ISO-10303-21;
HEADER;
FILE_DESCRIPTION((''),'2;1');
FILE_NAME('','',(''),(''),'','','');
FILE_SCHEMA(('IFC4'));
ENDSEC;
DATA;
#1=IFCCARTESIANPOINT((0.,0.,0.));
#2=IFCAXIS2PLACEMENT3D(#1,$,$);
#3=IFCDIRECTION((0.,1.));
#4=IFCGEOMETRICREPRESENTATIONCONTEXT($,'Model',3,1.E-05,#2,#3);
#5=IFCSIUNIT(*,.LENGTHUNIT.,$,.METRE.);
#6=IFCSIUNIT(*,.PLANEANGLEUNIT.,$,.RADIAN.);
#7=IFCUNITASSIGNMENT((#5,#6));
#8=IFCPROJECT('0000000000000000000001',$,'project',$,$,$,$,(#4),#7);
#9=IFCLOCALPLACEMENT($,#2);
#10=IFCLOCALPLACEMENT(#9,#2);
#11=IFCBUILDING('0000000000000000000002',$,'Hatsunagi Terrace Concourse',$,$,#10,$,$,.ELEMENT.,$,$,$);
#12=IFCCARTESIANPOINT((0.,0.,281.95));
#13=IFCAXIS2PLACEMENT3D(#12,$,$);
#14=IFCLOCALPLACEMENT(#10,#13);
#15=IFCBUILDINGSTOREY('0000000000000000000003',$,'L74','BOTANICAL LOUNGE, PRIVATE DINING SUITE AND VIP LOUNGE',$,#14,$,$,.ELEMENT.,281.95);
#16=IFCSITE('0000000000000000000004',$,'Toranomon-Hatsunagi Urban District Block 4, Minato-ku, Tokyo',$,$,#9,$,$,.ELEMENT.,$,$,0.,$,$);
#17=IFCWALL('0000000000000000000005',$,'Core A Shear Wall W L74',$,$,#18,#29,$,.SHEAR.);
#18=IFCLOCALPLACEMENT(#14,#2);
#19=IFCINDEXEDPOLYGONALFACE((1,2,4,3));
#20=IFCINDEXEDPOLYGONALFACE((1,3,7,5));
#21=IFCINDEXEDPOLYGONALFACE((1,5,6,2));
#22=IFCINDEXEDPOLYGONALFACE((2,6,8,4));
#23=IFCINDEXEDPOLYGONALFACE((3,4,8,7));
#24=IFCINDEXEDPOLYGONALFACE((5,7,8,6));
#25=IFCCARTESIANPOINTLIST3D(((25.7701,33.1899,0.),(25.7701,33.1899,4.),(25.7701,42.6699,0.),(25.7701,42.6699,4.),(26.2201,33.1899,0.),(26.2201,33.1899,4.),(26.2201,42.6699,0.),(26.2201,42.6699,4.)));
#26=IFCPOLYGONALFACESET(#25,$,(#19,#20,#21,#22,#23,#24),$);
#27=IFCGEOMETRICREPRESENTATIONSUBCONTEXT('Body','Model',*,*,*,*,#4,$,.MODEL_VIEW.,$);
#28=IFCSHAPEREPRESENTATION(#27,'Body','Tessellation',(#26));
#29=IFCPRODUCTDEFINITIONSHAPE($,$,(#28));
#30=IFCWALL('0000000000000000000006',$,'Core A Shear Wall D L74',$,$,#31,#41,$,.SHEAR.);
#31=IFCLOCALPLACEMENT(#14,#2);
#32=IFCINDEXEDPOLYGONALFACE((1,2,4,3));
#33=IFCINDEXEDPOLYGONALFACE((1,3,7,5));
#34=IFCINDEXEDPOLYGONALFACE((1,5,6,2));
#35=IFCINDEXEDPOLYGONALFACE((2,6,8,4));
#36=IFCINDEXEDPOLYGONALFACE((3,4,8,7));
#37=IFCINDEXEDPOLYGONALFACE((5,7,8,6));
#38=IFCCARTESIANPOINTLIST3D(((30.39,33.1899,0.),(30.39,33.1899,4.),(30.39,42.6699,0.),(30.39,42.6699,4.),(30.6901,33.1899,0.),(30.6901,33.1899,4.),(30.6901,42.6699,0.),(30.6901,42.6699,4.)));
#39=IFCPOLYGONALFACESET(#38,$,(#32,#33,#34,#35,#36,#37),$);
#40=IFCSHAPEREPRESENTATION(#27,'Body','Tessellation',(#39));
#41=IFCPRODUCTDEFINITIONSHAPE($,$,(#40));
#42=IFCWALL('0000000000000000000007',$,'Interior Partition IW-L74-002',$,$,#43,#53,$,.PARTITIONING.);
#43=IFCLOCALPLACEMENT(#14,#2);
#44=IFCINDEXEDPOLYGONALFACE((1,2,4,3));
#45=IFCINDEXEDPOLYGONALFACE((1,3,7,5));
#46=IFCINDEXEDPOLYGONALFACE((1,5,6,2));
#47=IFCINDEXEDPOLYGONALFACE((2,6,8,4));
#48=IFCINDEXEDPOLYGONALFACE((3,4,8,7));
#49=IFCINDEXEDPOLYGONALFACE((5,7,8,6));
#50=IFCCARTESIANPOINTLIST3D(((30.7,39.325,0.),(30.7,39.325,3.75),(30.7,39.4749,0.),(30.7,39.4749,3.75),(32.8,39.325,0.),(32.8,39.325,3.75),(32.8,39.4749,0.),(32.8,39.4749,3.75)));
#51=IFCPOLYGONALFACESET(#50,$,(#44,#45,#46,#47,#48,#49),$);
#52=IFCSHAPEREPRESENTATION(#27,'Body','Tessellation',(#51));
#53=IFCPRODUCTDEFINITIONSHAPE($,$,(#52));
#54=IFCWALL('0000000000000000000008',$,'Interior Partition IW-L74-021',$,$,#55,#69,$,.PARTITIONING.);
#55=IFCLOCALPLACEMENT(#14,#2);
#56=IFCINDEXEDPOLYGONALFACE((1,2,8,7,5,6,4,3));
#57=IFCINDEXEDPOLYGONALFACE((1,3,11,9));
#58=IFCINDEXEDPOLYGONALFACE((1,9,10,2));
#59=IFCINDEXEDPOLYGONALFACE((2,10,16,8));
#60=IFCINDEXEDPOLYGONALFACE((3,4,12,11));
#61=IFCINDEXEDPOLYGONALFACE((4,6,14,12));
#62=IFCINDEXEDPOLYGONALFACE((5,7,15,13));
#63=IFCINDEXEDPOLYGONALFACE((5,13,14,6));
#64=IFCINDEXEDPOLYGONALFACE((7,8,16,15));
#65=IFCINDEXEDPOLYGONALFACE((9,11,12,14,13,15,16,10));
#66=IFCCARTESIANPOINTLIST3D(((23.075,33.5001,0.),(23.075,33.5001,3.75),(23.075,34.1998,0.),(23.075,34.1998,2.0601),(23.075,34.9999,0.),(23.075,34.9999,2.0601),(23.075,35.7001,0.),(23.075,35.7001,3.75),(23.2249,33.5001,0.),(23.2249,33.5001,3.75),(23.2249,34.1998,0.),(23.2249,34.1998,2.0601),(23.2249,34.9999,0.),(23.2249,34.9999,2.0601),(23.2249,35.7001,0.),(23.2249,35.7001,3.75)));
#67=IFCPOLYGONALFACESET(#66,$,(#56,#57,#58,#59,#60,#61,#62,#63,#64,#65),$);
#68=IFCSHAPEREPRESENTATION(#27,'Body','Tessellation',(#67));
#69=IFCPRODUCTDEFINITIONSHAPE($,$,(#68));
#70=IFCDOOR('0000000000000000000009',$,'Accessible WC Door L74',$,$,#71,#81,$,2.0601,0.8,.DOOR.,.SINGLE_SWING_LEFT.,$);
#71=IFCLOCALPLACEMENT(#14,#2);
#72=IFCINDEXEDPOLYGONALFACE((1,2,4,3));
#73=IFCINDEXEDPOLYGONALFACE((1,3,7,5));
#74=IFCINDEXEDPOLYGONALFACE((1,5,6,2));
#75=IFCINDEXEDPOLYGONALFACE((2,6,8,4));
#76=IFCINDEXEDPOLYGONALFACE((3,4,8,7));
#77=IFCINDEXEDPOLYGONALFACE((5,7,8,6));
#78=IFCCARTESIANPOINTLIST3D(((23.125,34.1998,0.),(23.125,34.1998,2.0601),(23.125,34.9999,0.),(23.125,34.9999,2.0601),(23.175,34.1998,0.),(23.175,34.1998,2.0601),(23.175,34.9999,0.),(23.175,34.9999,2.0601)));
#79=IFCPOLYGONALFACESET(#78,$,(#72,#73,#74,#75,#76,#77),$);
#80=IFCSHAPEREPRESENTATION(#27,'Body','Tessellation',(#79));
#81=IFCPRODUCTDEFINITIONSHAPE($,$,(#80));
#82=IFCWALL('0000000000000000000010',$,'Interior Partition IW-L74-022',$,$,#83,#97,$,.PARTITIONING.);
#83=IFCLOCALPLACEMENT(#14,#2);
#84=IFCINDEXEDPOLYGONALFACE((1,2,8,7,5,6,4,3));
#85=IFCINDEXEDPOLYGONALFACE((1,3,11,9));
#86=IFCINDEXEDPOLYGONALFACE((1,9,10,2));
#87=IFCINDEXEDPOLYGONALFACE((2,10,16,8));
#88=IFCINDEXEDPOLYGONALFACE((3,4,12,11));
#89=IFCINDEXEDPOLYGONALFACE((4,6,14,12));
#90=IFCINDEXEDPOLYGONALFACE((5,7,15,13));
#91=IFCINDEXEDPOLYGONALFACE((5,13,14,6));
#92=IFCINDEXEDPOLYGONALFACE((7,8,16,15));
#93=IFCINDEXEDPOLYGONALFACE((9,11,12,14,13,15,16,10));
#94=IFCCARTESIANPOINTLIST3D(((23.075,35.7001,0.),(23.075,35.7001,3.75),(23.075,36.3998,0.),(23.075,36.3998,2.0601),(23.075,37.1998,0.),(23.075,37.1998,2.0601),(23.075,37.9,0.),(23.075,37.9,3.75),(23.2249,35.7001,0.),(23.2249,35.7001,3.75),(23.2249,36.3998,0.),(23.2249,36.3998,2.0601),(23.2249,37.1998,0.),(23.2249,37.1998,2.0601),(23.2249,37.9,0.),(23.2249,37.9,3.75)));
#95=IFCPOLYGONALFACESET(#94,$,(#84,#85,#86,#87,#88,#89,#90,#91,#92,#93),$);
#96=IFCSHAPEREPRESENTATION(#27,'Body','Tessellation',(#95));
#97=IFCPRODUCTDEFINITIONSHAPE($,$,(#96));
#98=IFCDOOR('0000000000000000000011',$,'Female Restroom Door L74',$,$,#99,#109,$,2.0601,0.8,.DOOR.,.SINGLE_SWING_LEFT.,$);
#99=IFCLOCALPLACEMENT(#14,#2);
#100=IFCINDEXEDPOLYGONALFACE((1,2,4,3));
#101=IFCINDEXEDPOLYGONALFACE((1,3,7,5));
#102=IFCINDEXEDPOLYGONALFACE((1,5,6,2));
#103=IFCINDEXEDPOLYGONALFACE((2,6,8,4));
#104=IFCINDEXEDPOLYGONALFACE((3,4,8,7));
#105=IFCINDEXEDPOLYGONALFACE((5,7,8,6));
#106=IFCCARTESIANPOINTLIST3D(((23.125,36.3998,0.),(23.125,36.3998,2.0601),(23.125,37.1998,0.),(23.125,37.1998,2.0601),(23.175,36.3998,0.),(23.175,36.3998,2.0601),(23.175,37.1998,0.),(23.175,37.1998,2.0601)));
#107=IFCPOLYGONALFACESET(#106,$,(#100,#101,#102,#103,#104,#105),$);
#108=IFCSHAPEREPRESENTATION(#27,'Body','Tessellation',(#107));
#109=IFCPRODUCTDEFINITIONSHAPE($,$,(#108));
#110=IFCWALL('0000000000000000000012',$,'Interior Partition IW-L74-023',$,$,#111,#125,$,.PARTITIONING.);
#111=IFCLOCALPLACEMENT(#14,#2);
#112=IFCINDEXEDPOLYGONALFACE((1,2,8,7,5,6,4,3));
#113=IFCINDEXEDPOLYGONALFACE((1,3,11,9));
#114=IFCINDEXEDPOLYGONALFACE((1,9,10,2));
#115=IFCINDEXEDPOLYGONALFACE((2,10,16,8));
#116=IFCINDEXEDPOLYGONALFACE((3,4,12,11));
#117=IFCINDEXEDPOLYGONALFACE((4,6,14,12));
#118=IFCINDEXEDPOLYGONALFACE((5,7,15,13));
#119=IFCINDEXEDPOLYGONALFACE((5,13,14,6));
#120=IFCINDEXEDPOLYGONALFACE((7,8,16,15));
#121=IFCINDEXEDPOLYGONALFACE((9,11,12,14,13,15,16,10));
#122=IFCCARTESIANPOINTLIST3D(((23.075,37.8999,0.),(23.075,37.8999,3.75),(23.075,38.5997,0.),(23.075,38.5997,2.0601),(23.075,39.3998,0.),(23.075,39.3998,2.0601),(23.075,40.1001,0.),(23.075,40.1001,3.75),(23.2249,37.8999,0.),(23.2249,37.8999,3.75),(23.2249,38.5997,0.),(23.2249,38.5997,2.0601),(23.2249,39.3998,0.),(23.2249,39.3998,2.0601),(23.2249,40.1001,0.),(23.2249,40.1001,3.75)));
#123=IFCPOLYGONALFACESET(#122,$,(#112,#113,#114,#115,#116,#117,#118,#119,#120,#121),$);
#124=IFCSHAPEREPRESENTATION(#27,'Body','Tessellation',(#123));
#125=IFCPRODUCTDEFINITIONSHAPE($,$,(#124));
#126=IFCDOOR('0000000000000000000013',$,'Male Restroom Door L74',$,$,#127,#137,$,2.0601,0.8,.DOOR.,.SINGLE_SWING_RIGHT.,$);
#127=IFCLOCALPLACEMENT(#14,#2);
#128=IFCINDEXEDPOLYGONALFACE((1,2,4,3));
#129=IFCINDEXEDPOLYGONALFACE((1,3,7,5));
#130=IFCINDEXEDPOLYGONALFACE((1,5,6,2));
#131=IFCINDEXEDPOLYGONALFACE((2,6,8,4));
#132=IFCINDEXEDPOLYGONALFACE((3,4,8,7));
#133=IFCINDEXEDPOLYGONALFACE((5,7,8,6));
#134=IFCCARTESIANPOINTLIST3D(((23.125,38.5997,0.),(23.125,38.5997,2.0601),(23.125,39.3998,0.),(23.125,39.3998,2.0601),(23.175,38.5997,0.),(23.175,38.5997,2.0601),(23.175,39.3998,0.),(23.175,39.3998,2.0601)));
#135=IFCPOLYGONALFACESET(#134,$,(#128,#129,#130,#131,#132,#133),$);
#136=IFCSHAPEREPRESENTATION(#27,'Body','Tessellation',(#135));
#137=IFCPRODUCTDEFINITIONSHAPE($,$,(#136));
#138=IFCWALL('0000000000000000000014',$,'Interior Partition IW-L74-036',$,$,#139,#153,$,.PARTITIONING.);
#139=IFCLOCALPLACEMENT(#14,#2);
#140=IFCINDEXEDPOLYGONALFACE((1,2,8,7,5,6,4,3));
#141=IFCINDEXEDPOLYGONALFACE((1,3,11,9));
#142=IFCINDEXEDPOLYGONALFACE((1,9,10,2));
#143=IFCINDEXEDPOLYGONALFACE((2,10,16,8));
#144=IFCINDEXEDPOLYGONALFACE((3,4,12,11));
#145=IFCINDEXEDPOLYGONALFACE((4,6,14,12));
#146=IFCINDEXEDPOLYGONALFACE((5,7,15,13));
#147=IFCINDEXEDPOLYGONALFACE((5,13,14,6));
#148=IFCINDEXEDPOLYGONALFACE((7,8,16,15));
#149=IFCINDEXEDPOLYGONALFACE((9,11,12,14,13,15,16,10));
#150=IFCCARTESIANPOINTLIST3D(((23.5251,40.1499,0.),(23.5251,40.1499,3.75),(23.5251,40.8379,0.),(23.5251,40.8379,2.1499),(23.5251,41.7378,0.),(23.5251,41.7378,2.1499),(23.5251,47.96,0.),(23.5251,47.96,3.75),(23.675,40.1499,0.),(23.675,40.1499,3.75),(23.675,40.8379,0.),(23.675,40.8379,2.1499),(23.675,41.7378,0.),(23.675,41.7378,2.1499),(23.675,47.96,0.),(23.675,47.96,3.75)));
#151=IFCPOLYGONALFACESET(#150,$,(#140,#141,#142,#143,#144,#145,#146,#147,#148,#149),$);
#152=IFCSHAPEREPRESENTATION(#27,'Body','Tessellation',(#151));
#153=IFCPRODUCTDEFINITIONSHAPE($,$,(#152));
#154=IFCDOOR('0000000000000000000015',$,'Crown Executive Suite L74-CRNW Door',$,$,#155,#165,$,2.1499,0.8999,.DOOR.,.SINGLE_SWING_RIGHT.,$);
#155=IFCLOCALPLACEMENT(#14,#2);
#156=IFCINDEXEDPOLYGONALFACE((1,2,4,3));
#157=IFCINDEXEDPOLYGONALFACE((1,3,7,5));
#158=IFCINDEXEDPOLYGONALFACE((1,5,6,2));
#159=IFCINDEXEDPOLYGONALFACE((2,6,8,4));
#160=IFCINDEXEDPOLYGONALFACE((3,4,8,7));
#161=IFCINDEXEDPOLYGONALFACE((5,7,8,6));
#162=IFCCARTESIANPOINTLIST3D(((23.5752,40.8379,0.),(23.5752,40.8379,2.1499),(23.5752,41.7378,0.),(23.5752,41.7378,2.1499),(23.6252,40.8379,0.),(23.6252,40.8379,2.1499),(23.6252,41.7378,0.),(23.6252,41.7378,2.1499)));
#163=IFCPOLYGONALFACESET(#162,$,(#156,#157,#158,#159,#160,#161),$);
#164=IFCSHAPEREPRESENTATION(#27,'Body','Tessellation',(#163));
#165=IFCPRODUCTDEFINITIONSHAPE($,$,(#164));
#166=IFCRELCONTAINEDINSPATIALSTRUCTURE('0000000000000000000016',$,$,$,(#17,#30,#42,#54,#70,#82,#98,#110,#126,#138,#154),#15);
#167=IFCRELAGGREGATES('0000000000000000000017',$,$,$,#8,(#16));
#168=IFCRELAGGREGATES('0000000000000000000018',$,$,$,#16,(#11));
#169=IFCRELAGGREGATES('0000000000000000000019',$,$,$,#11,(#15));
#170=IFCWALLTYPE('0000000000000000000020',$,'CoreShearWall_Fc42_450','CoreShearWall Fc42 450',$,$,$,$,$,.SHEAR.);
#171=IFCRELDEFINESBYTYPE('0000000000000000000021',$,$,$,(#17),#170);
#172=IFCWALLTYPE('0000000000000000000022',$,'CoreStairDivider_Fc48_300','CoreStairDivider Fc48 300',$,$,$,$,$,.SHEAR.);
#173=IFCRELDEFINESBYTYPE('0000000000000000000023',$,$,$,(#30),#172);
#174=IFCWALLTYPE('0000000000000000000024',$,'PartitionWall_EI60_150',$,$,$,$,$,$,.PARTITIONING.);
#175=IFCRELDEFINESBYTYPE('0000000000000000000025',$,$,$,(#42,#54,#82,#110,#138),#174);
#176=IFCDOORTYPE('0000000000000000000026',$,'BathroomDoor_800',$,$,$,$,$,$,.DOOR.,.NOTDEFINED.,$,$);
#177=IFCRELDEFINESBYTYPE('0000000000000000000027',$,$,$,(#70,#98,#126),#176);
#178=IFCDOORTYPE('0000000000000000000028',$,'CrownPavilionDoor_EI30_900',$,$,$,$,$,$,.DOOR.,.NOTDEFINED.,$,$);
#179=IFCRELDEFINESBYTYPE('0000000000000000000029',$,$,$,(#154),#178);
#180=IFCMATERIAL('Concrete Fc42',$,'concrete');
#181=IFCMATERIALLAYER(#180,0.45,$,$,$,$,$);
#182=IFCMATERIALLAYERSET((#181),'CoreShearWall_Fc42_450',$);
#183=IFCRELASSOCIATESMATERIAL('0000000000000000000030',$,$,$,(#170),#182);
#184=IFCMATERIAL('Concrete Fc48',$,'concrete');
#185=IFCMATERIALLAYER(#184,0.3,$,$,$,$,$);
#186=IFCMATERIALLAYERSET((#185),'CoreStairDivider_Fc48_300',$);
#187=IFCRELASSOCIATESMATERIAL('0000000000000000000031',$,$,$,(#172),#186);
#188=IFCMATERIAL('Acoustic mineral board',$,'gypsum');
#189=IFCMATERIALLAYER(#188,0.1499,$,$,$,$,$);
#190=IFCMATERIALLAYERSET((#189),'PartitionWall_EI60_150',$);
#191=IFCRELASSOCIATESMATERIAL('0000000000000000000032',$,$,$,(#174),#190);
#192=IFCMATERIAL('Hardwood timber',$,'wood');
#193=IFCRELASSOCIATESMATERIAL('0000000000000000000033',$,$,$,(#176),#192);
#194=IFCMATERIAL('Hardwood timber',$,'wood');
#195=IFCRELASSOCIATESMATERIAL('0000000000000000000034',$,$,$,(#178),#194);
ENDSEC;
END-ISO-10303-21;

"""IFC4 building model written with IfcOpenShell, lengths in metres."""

from ifc_helpers import new_model, si_unit, direction, frame, frame_2d, origin, place, context, subcontext, project, spatial, rectangle, extrude, material, layer, layer_set, type_object, element, fill, save


model = new_model("IFC4")

# Units and contexts
model_context = context("Model", 3, precision=1e-05, world=origin(), true_north=direction((0.0, 1.0)))
body_context = subcontext(model_context, "Body", "Model", "MODEL_VIEW")
ifc_project = project(units=[si_unit("LENGTHUNIT", "METRE"), si_unit("PLANEANGLEUNIT", "RADIAN")], contexts=[model_context])

# Site, building, storey
site_placement = place(None, origin())
site = spatial("IfcSite", under=ifc_project, at=site_placement, Name="Toranomon-Hatsunagi Urban District Block 4, Minato-ku, Tokyo", CompositionType="ELEMENT", RefElevation=0.0)
building_placement = place(site_placement, origin())
building = spatial("IfcBuilding", under=site, at=building_placement, Name="Hatsunagi Terrace Concourse", CompositionType="ELEMENT")
storey_placement = place(building_placement, frame((0.0, 0.0, 281.95)))
storey = spatial("IfcBuildingStorey", under=building, at=storey_placement, Name="L74", Description="BOTANICAL LOUNGE, PRIVATE DINING SUITE AND VIP LOUNGE", CompositionType="ELEMENT", Elevation=281.95)

# Walls
ifc_material_1 = material(Name="Concrete Fc42", Category="concrete")
ifc_layer_1 = layer(ifc_material_1, 0.45)
ifc_layer_set_1 = layer_set([ifc_layer_1], Name="CoreShearWall_Fc42_450")
wall_type_1 = type_object("IfcWallType", Name="CoreShearWall_Fc42_450", Description="CoreShearWall Fc42 450", PredefinedType="SHEAR", material=ifc_layer_set_1)
wall_1_placement = place(storey_placement, frame((25.9951, 33.1899, 0.0), z_axis=(0.0, 0.0, 1.0), x_axis=(0.0, 1.0, 0.0)))
element("IfcWall", 1, at=wall_1_placement, inside=storey, type_object=wall_type_1, Name="Core A Shear Wall W L74", PredefinedType="SHEAR", context=body_context, shape_type="SweptSolid", body=[
    extrude(rectangle(XDim=9.48, YDim=0.45, at=frame_2d((4.74, 0.0))), origin(), (0.0, 0.0, 1.0), 4.0),
])
ifc_material_2 = material(Name="Concrete Fc48", Category="concrete")
ifc_layer_2 = layer(ifc_material_2, 0.3)
ifc_layer_set_2 = layer_set([ifc_layer_2], Name="CoreStairDivider_Fc48_300")
wall_type_2 = type_object("IfcWallType", Name="CoreStairDivider_Fc48_300", Description="CoreStairDivider Fc48 300", PredefinedType="SHEAR", material=ifc_layer_set_2)
wall_2_placement = place(storey_placement, frame((30.54, 33.1899, 0.0), z_axis=(0.0, 0.0, 1.0), x_axis=(0.0, 1.0, 0.0)))
element("IfcWall", 2, at=wall_2_placement, inside=storey, type_object=wall_type_2, Name="Core A Shear Wall D L74", PredefinedType="SHEAR", context=body_context, shape_type="SweptSolid", body=[
    extrude(rectangle(XDim=9.48, YDim=0.3, at=frame_2d((4.74, 0.0))), origin(), (0.0, 0.0, 1.0), 4.0),
])
ifc_material_3 = material(Name="Acoustic mineral board", Category="gypsum")
ifc_layer_3 = layer(ifc_material_3, 0.1499)
ifc_layer_set_3 = layer_set([ifc_layer_3], Name="PartitionWall_EI60_150")
wall_type_3 = type_object("IfcWallType", Name="PartitionWall_EI60_150", PredefinedType="PARTITIONING", material=ifc_layer_set_3)
wall_3_placement = place(storey_placement, frame((30.7, 39.3999, 0.0), z_axis=(0.0, 0.0, 1.0), x_axis=(1.0, 0.0, 0.0)))
element("IfcWall", 3, at=wall_3_placement, inside=storey, type_object=wall_type_3, Name="Interior Partition IW-L74-002", PredefinedType="PARTITIONING", context=body_context, shape_type="SweptSolid", body=[
    extrude(rectangle(XDim=2.1001, YDim=0.1499, at=frame_2d((1.05, 0.0))), origin(), (0.0, 0.0, 1.0), 3.75),
])

# Walls, openings, doors
wall_4_placement = place(storey_placement, frame((23.1499, 33.5, 0.0), z_axis=(0.0, 0.0, 1.0), x_axis=(0.0, 1.0, 0.0)))
wall_4 = element("IfcWall", 4, at=wall_4_placement, inside=storey, type_object=wall_type_3, Name="Interior Partition IW-L74-021", PredefinedType="PARTITIONING", context=body_context, shape_type="SweptSolid", body=[
    extrude(rectangle(XDim=2.2, YDim=0.1499, at=frame_2d((1.1001, 0.0))), origin(), (0.0, 0.0, 1.0), 3.75),
])
opening_1_placement = place(wall_4_placement, frame((0.7, 0.0, 0.0)))
opening_1 = element("IfcOpeningElement", 5, at=opening_1_placement, cuts=wall_4, PredefinedType="OPENING", context=body_context, shape_type="SweptSolid", body=[
    extrude(rectangle(XDim=0.8, YDim=2.0601, at=frame_2d((0.3999, 1.03))), frame((0.0, 0.085, 0.0), z_axis=(0.0, -1.0, 0.0), x_axis=(1.0, 0.0, 0.0)), (0.0, 0.0, 1.0), 0.1699),
])
ifc_material_4 = material(Name="Hardwood timber", Category="wood")
door_type_1 = type_object("IfcDoorType", Name="BathroomDoor_800", OperationType="NOTDEFINED", PredefinedType="DOOR", material=ifc_material_4)
door_1_placement = place(opening_1_placement, origin())
door_1 = element("IfcDoor", 6, at=door_1_placement, inside=storey, type_object=door_type_1, Name="Accessible WC Door L74", OperationType="SINGLE_SWING_LEFT", OverallHeight=2.0601, OverallWidth=0.8, PredefinedType="DOOR", context=body_context, shape_type="SweptSolid", body=[
    extrude(rectangle(XDim=0.8, YDim=2.0601, at=frame_2d((0.3999, 1.03))), frame((0.0, 0.0249, 0.0), z_axis=(0.0, -1.0, 0.0), x_axis=(1.0, 0.0, 0.0)), (0.0, 0.0, 1.0), 0.05),
])
fill(opening_1, door_1)
wall_5_placement = place(storey_placement, frame((23.1499, 35.7, 0.0), z_axis=(0.0, 0.0, 1.0), x_axis=(0.0, 1.0, 0.0)))
wall_5 = element("IfcWall", 7, at=wall_5_placement, inside=storey, type_object=wall_type_3, Name="Interior Partition IW-L74-022", PredefinedType="PARTITIONING", context=body_context, shape_type="SweptSolid", body=[
    extrude(rectangle(XDim=2.2, YDim=0.1499, at=frame_2d((1.1001, 0.0))), origin(), (0.0, 0.0, 1.0), 3.75),
])
opening_2_placement = place(wall_5_placement, frame((0.7, 0.0, 0.0)))
opening_2 = element("IfcOpeningElement", 8, at=opening_2_placement, cuts=wall_5, PredefinedType="OPENING", context=body_context, shape_type="SweptSolid", body=[
    extrude(rectangle(XDim=0.8, YDim=2.0601, at=frame_2d((0.3999, 1.03))), frame((0.0, 0.085, 0.0), z_axis=(0.0, -1.0, 0.0), x_axis=(1.0, 0.0, 0.0)), (0.0, 0.0, 1.0), 0.1699),
])
door_2_placement = place(opening_2_placement, origin())
door_2 = element("IfcDoor", 9, at=door_2_placement, inside=storey, type_object=door_type_1, Name="Female Restroom Door L74", OperationType="SINGLE_SWING_LEFT", OverallHeight=2.0601, OverallWidth=0.8, PredefinedType="DOOR", context=body_context, shape_type="SweptSolid", body=[
    extrude(rectangle(XDim=0.8, YDim=2.0601, at=frame_2d((0.3999, 1.03))), frame((0.0, 0.0249, 0.0), z_axis=(0.0, -1.0, 0.0), x_axis=(1.0, 0.0, 0.0)), (0.0, 0.0, 1.0), 0.05),
])
fill(opening_2, door_2)
wall_6_placement = place(storey_placement, frame((23.1499, 37.8999, 0.0), z_axis=(0.0, 0.0, 1.0), x_axis=(0.0, 1.0, 0.0)))
wall_6 = element("IfcWall", 10, at=wall_6_placement, inside=storey, type_object=wall_type_3, Name="Interior Partition IW-L74-023", PredefinedType="PARTITIONING", context=body_context, shape_type="SweptSolid", body=[
    extrude(rectangle(XDim=2.2002, YDim=0.1499, at=frame_2d((1.1001, 0.0))), origin(), (0.0, 0.0, 1.0), 3.75),
])
opening_3_placement = place(wall_6_placement, frame((0.7, 0.0, 0.0)))
opening_3 = element("IfcOpeningElement", 11, at=opening_3_placement, cuts=wall_6, PredefinedType="OPENING", context=body_context, shape_type="SweptSolid", body=[
    extrude(rectangle(XDim=0.8, YDim=2.0601, at=frame_2d((0.3999, 1.03))), frame((0.0, 0.085, 0.0), z_axis=(0.0, -1.0, 0.0), x_axis=(1.0, 0.0, 0.0)), (0.0, 0.0, 1.0), 0.1699),
])
door_3_placement = place(opening_3_placement, origin())
door_3 = element("IfcDoor", 12, at=door_3_placement, inside=storey, type_object=door_type_1, Name="Male Restroom Door L74", OperationType="SINGLE_SWING_RIGHT", OverallHeight=2.0601, OverallWidth=0.8, PredefinedType="DOOR", context=body_context, shape_type="SweptSolid", body=[
    extrude(rectangle(XDim=0.8, YDim=2.0601, at=frame_2d((0.3999, 1.03))), frame((0.0, 0.0249, 0.0), z_axis=(0.0, -1.0, 0.0), x_axis=(1.0, 0.0, 0.0)), (0.0, 0.0, 1.0), 0.05),
])
fill(opening_3, door_3)
wall_7_placement = place(storey_placement, frame((23.6001, 40.1499, 0.0), z_axis=(0.0, 0.0, 1.0), x_axis=(0.0, 1.0, 0.0)))
wall_7 = element("IfcWall", 13, at=wall_7_placement, inside=storey, type_object=wall_type_3, Name="Interior Partition IW-L74-036", PredefinedType="PARTITIONING", context=body_context, shape_type="SweptSolid", body=[
    extrude(rectangle(XDim=7.8101, YDim=0.1499, at=frame_2d((3.905, 0.0))), origin(), (0.0, 0.0, 1.0), 3.75),
])
opening_4_placement = place(wall_7_placement, frame((0.688, 0.0, 0.0)))
opening_4 = element("IfcOpeningElement", 14, at=opening_4_placement, cuts=wall_7, PredefinedType="OPENING", context=body_context, shape_type="SweptSolid", body=[
    extrude(rectangle(XDim=0.8999, YDim=2.1499, at=frame_2d((0.45, 1.075))), frame((0.0, 0.085, 0.0), z_axis=(0.0, -1.0, 0.0), x_axis=(1.0, 0.0, 0.0)), (0.0, 0.0, 1.0), 0.1699),
])
ifc_material_5 = material(Name="Hardwood timber", Category="wood")
door_type_2 = type_object("IfcDoorType", Name="CrownPavilionDoor_EI30_900", OperationType="NOTDEFINED", PredefinedType="DOOR", material=ifc_material_5)
door_4_placement = place(opening_4_placement, origin())
door_4 = element("IfcDoor", 15, at=door_4_placement, inside=storey, type_object=door_type_2, Name="Crown Executive Suite L74-CRNW Door", OperationType="SINGLE_SWING_RIGHT", OverallHeight=2.1499, OverallWidth=0.8999, PredefinedType="DOOR", context=body_context, shape_type="SweptSolid", body=[
    extrude(rectangle(XDim=0.8999, YDim=2.1499, at=frame_2d((0.45, 1.075))), frame((0.0, 0.0249, 0.0), z_axis=(0.0, -1.0, 0.0), x_axis=(1.0, 0.0, 0.0)), (0.0, 0.0, 1.0), 0.05),
])
fill(opening_4, door_4)

save(model, "model.ifc")
